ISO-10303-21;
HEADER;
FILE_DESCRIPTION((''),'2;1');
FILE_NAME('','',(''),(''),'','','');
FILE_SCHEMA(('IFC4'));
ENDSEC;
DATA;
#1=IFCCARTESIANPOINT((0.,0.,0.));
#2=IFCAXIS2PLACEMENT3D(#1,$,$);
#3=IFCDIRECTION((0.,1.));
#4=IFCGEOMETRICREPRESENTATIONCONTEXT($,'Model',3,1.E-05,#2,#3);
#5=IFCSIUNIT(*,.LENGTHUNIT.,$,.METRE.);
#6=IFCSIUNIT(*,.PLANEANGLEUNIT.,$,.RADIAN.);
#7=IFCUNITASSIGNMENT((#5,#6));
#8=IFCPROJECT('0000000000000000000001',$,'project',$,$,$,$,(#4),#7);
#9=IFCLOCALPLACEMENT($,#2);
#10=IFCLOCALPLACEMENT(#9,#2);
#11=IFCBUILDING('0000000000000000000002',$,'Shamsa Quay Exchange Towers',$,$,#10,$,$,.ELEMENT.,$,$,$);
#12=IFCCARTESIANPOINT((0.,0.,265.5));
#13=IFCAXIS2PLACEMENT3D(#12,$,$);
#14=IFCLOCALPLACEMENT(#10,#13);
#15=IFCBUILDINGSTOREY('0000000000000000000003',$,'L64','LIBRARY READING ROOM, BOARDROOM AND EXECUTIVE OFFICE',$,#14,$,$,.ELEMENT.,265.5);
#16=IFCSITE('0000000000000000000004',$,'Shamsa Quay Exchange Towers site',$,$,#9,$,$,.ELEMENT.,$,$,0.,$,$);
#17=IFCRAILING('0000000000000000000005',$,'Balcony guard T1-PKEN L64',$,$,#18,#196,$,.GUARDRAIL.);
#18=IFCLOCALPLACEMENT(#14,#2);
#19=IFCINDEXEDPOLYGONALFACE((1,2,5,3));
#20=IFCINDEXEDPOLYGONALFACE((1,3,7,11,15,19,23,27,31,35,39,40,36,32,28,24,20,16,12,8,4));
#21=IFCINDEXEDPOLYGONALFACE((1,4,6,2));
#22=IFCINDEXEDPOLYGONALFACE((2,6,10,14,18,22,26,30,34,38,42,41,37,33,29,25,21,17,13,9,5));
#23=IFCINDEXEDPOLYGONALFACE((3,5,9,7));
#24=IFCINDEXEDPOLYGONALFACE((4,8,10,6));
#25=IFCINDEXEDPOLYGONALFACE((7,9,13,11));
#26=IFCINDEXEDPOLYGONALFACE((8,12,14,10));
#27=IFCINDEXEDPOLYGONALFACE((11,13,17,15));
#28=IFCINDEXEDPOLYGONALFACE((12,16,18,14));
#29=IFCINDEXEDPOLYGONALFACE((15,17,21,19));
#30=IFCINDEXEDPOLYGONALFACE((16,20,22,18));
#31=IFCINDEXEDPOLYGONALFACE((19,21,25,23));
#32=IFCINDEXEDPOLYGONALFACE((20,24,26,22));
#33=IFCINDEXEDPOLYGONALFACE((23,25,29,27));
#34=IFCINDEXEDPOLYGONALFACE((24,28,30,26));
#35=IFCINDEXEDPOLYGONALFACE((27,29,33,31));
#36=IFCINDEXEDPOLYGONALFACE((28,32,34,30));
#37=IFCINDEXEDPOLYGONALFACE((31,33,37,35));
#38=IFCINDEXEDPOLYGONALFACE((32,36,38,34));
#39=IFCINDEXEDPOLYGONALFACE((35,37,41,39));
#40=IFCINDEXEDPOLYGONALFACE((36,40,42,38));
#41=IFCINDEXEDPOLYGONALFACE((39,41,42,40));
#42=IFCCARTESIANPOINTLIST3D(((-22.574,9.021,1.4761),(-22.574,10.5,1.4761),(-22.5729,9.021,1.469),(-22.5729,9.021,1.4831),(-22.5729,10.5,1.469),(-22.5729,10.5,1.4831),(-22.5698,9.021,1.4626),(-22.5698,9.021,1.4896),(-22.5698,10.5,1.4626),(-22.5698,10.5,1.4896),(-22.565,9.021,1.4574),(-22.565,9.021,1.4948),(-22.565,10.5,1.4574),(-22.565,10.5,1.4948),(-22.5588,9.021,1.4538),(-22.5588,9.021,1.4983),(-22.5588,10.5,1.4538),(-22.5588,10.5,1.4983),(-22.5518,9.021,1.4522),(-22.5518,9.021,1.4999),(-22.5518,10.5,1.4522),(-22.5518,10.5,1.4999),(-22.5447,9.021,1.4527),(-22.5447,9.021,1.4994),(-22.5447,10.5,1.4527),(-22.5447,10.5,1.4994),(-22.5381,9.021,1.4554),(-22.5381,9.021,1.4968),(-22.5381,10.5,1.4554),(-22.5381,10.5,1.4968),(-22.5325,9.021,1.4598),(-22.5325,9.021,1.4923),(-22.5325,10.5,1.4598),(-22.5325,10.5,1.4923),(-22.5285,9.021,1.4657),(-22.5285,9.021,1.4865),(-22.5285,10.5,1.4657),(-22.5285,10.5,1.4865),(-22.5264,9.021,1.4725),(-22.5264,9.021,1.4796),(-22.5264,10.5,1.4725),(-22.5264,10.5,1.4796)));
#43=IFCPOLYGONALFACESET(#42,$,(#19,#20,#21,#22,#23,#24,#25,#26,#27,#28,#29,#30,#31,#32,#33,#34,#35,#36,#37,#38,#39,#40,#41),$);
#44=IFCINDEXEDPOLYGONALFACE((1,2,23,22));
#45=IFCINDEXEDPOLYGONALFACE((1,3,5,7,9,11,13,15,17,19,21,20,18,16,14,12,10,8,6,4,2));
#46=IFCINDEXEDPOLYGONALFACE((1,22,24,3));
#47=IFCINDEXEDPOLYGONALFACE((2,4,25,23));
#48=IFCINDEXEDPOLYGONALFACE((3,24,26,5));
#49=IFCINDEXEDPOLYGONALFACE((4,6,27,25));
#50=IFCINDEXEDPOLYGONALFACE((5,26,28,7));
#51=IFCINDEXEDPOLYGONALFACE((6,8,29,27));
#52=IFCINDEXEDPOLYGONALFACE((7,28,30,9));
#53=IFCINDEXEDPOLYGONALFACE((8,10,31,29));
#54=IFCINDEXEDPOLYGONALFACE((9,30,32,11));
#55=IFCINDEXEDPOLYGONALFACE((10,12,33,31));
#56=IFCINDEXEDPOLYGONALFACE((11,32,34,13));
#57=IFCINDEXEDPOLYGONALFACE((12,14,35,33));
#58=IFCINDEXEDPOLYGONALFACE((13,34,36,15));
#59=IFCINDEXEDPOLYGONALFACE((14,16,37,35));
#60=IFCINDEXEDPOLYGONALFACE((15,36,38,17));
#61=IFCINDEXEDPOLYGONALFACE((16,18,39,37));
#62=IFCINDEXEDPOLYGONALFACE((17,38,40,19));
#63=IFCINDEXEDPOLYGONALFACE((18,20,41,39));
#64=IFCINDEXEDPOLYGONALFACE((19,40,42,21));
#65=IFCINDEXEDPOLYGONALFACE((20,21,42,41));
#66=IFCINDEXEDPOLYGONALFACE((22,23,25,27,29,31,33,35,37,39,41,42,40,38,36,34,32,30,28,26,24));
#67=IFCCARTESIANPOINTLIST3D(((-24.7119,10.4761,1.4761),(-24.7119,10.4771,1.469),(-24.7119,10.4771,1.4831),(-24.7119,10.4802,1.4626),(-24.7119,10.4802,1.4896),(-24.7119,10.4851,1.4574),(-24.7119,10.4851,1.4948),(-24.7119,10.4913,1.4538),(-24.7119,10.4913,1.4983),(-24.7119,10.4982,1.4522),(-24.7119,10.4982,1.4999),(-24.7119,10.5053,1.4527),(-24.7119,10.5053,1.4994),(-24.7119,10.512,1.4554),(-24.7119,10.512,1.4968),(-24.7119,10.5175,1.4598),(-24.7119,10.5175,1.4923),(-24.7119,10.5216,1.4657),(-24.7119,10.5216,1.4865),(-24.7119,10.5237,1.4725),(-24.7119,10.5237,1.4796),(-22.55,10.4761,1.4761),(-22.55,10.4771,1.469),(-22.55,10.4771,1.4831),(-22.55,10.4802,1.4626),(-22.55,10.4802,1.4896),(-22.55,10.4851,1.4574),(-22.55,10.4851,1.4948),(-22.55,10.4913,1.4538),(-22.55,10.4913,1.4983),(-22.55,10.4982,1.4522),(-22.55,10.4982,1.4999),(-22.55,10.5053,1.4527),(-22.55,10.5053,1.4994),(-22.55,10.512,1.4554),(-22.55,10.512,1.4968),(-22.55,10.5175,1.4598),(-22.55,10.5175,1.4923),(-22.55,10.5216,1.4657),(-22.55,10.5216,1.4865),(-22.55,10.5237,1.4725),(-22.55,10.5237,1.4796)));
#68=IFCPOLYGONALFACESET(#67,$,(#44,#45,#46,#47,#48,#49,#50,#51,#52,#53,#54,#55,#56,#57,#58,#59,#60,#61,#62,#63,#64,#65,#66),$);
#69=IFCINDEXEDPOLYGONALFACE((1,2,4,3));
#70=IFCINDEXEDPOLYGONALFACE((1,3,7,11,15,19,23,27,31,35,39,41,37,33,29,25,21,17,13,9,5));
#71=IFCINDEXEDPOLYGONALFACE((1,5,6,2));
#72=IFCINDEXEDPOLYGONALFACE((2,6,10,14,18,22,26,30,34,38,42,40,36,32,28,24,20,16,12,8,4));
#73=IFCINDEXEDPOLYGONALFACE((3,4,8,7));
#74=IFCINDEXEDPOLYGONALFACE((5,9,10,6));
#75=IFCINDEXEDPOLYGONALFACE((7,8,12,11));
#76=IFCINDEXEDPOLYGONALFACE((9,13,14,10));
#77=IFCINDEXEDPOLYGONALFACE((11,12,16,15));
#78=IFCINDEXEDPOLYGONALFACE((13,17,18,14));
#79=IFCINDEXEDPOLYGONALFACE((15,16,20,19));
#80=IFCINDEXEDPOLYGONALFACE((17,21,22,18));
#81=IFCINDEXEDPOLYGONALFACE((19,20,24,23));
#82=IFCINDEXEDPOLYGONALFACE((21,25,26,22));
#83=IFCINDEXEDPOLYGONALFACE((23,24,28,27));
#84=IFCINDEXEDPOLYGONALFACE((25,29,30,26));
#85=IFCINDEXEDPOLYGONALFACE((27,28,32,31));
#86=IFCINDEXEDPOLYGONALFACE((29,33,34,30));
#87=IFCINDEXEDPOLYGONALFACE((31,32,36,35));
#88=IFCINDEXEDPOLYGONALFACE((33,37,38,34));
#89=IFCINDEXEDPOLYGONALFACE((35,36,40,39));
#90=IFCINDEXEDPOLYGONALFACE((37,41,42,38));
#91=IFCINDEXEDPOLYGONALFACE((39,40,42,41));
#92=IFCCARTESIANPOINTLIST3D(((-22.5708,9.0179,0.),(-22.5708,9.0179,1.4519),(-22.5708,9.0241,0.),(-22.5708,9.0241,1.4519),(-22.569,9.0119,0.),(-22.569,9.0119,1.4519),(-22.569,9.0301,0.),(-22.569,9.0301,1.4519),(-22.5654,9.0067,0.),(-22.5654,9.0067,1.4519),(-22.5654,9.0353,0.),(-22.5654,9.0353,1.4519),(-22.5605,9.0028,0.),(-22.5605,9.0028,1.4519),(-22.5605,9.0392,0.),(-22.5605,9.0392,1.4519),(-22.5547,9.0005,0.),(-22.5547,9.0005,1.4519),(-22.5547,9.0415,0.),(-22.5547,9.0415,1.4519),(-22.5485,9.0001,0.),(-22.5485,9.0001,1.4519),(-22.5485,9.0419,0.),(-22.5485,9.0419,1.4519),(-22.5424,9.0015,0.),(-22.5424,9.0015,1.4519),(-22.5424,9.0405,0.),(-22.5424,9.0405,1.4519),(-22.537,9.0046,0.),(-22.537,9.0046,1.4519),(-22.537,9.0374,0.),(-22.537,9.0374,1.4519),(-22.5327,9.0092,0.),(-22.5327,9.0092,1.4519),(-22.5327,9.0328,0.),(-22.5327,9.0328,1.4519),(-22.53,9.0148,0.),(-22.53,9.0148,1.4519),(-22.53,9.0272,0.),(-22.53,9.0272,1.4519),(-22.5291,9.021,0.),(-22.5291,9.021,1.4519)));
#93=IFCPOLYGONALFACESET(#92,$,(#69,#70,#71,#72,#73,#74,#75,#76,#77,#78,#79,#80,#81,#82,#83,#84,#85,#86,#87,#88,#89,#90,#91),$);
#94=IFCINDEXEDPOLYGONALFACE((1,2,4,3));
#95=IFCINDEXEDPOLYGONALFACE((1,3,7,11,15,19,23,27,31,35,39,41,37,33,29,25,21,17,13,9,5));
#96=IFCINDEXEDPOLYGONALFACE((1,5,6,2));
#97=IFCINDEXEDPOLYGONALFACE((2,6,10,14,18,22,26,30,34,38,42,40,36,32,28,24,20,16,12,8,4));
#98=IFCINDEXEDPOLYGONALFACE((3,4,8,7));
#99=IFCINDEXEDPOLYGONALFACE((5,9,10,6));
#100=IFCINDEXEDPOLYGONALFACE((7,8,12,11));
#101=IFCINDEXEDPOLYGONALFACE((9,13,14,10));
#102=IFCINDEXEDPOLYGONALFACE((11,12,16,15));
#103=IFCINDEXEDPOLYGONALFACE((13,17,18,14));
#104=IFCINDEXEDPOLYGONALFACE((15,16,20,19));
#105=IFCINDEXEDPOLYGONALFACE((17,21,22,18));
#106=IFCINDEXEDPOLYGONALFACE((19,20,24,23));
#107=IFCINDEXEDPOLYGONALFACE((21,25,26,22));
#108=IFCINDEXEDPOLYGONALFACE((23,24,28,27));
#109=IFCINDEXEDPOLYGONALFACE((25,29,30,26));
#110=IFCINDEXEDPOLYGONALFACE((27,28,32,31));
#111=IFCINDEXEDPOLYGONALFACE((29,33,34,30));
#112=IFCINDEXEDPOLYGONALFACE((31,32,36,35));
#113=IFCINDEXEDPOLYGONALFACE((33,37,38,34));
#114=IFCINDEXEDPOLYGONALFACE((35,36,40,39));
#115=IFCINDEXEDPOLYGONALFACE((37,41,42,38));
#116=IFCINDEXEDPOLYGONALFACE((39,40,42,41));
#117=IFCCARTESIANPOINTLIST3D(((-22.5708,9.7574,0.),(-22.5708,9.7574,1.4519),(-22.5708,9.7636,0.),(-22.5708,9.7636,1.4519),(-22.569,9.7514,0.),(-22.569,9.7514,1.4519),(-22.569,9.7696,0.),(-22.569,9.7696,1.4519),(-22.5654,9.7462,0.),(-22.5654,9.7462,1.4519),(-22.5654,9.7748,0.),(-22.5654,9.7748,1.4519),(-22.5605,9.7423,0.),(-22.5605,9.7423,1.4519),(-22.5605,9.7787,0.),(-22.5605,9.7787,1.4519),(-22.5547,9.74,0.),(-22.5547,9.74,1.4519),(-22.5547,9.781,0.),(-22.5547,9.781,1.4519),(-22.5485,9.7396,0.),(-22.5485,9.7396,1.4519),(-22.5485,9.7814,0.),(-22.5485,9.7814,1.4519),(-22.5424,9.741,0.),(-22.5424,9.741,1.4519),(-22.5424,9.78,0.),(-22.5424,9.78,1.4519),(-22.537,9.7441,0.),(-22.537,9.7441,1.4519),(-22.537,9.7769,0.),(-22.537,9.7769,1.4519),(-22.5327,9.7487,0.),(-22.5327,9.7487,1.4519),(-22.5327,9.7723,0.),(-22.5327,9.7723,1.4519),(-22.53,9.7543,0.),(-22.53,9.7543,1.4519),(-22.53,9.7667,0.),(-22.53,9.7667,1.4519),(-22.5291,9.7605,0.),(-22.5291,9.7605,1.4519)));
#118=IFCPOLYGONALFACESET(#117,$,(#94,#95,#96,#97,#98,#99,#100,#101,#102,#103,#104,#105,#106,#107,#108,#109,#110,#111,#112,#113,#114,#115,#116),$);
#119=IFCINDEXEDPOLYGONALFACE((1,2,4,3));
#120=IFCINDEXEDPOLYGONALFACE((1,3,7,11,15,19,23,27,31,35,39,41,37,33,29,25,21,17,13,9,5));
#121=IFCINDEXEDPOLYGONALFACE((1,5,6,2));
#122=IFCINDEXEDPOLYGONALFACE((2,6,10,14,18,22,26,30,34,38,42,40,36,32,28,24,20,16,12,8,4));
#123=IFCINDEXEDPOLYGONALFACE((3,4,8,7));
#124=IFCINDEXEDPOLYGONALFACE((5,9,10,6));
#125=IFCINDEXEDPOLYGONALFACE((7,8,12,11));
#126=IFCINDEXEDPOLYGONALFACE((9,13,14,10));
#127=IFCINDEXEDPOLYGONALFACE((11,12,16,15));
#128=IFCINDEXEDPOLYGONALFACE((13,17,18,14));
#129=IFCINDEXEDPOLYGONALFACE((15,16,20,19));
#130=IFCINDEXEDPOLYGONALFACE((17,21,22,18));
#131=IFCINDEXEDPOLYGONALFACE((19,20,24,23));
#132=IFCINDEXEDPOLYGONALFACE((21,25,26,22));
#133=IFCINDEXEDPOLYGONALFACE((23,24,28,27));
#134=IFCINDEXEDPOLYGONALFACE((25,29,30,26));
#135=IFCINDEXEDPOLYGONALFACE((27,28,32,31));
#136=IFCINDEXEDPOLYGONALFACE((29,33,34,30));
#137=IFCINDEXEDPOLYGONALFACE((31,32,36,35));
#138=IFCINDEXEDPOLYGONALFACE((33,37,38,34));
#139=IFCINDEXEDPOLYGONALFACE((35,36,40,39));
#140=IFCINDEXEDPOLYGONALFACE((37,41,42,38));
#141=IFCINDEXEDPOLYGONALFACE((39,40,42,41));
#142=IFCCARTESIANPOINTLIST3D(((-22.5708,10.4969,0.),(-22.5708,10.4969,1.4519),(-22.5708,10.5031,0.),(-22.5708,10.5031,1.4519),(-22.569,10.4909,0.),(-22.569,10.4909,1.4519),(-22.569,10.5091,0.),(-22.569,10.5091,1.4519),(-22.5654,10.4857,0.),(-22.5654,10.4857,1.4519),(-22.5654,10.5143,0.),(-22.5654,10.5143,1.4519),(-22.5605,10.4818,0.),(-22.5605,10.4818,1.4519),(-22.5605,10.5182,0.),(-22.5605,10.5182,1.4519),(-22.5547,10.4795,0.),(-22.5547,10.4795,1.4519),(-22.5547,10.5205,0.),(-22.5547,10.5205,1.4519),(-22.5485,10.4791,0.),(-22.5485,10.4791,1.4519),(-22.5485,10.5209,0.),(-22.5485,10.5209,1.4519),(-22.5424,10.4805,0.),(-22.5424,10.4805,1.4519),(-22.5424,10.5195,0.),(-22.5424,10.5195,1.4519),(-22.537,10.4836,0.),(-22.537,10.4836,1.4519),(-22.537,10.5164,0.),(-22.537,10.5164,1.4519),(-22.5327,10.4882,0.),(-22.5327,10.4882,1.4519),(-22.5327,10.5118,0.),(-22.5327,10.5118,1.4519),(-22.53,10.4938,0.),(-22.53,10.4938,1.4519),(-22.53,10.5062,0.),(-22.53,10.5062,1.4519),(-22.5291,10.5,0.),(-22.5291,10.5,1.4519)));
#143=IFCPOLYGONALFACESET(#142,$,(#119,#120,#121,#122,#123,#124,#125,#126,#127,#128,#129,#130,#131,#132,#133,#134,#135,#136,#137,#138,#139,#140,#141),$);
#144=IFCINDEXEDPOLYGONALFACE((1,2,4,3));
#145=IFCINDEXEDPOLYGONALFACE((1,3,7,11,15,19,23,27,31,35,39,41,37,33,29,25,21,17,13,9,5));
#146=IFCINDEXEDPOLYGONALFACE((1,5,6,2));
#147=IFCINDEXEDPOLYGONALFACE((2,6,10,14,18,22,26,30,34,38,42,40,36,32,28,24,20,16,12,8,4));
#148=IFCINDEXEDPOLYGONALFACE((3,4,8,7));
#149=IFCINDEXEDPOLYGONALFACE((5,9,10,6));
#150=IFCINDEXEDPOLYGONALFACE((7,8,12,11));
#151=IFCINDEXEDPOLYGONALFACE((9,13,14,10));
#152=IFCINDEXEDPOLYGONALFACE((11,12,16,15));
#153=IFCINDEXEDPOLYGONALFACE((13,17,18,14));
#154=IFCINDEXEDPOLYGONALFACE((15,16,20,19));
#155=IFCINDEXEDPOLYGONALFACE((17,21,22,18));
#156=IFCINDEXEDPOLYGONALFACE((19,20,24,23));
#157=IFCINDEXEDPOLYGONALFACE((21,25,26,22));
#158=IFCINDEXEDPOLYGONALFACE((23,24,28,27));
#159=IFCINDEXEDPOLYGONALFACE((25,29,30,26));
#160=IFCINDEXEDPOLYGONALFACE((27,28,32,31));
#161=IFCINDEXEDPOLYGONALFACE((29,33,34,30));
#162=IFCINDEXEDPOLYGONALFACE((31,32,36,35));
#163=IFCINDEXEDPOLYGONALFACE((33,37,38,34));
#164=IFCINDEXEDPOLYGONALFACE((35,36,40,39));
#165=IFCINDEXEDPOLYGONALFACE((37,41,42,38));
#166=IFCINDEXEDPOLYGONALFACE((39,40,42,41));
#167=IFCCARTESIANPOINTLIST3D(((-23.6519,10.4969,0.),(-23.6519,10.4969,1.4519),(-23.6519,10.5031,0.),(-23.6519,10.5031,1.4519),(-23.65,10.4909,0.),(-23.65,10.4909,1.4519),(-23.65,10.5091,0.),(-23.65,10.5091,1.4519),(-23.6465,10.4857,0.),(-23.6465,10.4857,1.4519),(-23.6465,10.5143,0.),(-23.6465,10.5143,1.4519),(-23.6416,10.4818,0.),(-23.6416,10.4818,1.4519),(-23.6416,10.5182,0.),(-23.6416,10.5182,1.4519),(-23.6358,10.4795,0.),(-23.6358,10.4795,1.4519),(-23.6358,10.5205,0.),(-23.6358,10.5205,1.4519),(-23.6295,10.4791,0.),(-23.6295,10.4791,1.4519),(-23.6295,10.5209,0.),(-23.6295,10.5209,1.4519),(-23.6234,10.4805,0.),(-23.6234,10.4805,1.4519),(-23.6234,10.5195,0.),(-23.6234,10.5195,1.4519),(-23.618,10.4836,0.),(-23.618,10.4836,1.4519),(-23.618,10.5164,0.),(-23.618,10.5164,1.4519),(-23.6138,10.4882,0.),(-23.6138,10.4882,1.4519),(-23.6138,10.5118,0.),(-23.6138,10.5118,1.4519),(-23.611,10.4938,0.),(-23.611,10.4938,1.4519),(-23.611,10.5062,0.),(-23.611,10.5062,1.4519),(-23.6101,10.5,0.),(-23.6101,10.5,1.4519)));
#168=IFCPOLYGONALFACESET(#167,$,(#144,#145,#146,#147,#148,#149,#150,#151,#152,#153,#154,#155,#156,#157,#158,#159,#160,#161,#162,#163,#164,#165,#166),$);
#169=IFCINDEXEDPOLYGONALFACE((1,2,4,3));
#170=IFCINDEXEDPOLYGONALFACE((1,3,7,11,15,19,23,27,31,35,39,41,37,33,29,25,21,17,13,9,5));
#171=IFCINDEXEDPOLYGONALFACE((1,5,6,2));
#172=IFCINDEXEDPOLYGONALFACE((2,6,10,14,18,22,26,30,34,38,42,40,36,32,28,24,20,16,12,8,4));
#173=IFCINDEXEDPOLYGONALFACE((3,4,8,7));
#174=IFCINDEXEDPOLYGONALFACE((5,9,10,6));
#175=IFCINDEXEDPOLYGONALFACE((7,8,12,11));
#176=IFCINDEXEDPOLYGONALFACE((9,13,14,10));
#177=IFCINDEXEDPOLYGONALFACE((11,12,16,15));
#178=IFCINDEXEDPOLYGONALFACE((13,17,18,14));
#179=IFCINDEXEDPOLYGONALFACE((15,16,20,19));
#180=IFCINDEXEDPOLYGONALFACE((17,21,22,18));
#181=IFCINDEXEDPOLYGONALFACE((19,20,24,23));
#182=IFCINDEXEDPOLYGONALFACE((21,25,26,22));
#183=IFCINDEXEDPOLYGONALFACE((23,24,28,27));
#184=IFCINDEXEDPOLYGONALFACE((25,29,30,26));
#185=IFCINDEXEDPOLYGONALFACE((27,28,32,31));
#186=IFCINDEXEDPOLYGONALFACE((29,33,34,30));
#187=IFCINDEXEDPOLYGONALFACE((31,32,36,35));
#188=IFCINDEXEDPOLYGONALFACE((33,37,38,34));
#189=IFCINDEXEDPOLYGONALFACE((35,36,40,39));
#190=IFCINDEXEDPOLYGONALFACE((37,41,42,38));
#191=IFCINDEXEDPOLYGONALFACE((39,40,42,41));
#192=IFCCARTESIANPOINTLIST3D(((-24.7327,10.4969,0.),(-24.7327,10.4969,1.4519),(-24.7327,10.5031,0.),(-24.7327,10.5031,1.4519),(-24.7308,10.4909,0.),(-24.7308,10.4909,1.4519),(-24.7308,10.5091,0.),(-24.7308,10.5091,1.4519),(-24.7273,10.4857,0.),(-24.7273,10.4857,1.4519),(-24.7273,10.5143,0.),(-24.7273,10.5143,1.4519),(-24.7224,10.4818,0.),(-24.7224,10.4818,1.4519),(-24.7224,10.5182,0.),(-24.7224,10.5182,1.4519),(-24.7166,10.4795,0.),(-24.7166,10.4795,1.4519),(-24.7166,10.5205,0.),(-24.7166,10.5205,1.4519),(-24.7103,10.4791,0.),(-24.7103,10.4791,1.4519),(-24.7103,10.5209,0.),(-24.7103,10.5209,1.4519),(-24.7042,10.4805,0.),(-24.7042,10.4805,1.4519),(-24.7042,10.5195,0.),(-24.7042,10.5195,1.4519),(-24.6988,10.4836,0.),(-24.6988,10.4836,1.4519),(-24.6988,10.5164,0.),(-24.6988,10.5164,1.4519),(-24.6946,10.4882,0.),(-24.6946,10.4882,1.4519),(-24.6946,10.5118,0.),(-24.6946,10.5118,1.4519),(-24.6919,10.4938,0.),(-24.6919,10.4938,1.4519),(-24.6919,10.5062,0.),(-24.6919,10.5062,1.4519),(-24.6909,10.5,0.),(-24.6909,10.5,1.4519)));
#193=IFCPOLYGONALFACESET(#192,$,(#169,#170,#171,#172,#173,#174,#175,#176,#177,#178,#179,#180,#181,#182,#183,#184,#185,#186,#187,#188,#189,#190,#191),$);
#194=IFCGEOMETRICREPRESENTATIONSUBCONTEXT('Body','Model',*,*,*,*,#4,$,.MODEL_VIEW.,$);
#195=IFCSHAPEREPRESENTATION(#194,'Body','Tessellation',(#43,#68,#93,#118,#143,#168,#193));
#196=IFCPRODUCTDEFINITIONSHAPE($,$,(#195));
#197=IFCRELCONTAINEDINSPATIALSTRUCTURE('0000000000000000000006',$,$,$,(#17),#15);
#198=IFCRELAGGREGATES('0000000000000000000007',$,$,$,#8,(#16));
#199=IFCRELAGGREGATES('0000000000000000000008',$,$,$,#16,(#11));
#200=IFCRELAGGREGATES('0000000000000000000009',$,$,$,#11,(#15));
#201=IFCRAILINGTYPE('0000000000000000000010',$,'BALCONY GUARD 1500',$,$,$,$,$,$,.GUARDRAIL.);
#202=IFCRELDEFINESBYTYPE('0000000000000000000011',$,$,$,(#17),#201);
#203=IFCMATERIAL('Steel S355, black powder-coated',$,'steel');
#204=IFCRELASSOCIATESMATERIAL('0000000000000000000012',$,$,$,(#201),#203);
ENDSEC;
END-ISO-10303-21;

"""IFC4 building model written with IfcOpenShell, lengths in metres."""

from ifc_helpers import new_model, si_unit, direction, frame, origin, origin_2d, place, context, subcontext, project, spatial, circle, extrude, material, type_object, element, save


model = new_model("IFC4")

# Units and contexts
model_context = context("Model", 3, precision=1e-05, world=origin(), true_north=direction((0.0, 1.0)))
body_context = subcontext(model_context, "Body", "Model", "MODEL_VIEW")
ifc_project = project(units=[si_unit("LENGTHUNIT", "METRE"), si_unit("PLANEANGLEUNIT", "RADIAN")], contexts=[model_context])

# Site, building, storey
site_placement = place(None, origin())
site = spatial("IfcSite", under=ifc_project, at=site_placement, Name="Shamsa Quay Exchange Towers site", CompositionType="ELEMENT", RefElevation=0.0)
building_placement = place(site_placement, origin())
building = spatial("IfcBuilding", under=site, at=building_placement, Name="Shamsa Quay Exchange Towers", CompositionType="ELEMENT")
storey_placement = place(building_placement, frame((0.0, 0.0, 265.5)))
storey = spatial("IfcBuildingStorey", under=building, at=storey_placement, Name="L64", Description="LIBRARY READING ROOM, BOARDROOM AND EXECUTIVE OFFICE", CompositionType="ELEMENT", Elevation=265.5)

# Railing
ifc_material_1 = material(Name="Steel S355, black powder-coated", Category="steel")
railing_type = type_object("IfcRailingType", Name="BALCONY GUARD 1500", PredefinedType="GUARDRAIL", material=ifc_material_1)
for number, where, name in (
    (1, (-22.55, 9.021, 0.0), "Balcony guard T1-PKEN L64"),
):
    element("IfcRailing", number, at=place(storey_placement, frame(where)), inside=storey, type_object=railing_type, Name=name, PredefinedType="GUARDRAIL", context=body_context, shape_type="SweptSolid", body=[
        extrude(circle(Radius=0.0239, at=origin_2d()), frame((0.0, 0.0, 1.4761), z_axis=(0.0, 1.0, 0.0), x_axis=(-1.0, 0.0, 0.0)), (0.0, 0.0, 1.0), 1.479),
        extrude(circle(Radius=0.0239, at=origin_2d()), frame((0.0, 1.479, 1.4761), z_axis=(-1.0, 0.0, 0.0), x_axis=(0.0, -1.0, 0.0)), (0.0, 0.0, 1.0), 2.1619),
        extrude(circle(Radius=0.021, at=origin_2d()), origin(), (0.0, 0.0, 1.0), 1.4519),
        extrude(circle(Radius=0.021, at=origin_2d()), frame((0.0, 0.7395, 0.0)), (0.0, 0.0, 1.0), 1.4519),
        extrude(circle(Radius=0.021, at=origin_2d()), frame((0.0, 1.479, 0.0)), (0.0, 0.0, 1.0), 1.4519),
        extrude(circle(Radius=0.021, at=origin_2d()), frame((-1.0811, 1.479, 0.0)), (0.0, 0.0, 1.0), 1.4519),
        extrude(circle(Radius=0.021, at=origin_2d()), frame((-2.1619, 1.479, 0.0)), (0.0, 0.0, 1.0), 1.4519),
    ])

save(model, "model.ifc")
